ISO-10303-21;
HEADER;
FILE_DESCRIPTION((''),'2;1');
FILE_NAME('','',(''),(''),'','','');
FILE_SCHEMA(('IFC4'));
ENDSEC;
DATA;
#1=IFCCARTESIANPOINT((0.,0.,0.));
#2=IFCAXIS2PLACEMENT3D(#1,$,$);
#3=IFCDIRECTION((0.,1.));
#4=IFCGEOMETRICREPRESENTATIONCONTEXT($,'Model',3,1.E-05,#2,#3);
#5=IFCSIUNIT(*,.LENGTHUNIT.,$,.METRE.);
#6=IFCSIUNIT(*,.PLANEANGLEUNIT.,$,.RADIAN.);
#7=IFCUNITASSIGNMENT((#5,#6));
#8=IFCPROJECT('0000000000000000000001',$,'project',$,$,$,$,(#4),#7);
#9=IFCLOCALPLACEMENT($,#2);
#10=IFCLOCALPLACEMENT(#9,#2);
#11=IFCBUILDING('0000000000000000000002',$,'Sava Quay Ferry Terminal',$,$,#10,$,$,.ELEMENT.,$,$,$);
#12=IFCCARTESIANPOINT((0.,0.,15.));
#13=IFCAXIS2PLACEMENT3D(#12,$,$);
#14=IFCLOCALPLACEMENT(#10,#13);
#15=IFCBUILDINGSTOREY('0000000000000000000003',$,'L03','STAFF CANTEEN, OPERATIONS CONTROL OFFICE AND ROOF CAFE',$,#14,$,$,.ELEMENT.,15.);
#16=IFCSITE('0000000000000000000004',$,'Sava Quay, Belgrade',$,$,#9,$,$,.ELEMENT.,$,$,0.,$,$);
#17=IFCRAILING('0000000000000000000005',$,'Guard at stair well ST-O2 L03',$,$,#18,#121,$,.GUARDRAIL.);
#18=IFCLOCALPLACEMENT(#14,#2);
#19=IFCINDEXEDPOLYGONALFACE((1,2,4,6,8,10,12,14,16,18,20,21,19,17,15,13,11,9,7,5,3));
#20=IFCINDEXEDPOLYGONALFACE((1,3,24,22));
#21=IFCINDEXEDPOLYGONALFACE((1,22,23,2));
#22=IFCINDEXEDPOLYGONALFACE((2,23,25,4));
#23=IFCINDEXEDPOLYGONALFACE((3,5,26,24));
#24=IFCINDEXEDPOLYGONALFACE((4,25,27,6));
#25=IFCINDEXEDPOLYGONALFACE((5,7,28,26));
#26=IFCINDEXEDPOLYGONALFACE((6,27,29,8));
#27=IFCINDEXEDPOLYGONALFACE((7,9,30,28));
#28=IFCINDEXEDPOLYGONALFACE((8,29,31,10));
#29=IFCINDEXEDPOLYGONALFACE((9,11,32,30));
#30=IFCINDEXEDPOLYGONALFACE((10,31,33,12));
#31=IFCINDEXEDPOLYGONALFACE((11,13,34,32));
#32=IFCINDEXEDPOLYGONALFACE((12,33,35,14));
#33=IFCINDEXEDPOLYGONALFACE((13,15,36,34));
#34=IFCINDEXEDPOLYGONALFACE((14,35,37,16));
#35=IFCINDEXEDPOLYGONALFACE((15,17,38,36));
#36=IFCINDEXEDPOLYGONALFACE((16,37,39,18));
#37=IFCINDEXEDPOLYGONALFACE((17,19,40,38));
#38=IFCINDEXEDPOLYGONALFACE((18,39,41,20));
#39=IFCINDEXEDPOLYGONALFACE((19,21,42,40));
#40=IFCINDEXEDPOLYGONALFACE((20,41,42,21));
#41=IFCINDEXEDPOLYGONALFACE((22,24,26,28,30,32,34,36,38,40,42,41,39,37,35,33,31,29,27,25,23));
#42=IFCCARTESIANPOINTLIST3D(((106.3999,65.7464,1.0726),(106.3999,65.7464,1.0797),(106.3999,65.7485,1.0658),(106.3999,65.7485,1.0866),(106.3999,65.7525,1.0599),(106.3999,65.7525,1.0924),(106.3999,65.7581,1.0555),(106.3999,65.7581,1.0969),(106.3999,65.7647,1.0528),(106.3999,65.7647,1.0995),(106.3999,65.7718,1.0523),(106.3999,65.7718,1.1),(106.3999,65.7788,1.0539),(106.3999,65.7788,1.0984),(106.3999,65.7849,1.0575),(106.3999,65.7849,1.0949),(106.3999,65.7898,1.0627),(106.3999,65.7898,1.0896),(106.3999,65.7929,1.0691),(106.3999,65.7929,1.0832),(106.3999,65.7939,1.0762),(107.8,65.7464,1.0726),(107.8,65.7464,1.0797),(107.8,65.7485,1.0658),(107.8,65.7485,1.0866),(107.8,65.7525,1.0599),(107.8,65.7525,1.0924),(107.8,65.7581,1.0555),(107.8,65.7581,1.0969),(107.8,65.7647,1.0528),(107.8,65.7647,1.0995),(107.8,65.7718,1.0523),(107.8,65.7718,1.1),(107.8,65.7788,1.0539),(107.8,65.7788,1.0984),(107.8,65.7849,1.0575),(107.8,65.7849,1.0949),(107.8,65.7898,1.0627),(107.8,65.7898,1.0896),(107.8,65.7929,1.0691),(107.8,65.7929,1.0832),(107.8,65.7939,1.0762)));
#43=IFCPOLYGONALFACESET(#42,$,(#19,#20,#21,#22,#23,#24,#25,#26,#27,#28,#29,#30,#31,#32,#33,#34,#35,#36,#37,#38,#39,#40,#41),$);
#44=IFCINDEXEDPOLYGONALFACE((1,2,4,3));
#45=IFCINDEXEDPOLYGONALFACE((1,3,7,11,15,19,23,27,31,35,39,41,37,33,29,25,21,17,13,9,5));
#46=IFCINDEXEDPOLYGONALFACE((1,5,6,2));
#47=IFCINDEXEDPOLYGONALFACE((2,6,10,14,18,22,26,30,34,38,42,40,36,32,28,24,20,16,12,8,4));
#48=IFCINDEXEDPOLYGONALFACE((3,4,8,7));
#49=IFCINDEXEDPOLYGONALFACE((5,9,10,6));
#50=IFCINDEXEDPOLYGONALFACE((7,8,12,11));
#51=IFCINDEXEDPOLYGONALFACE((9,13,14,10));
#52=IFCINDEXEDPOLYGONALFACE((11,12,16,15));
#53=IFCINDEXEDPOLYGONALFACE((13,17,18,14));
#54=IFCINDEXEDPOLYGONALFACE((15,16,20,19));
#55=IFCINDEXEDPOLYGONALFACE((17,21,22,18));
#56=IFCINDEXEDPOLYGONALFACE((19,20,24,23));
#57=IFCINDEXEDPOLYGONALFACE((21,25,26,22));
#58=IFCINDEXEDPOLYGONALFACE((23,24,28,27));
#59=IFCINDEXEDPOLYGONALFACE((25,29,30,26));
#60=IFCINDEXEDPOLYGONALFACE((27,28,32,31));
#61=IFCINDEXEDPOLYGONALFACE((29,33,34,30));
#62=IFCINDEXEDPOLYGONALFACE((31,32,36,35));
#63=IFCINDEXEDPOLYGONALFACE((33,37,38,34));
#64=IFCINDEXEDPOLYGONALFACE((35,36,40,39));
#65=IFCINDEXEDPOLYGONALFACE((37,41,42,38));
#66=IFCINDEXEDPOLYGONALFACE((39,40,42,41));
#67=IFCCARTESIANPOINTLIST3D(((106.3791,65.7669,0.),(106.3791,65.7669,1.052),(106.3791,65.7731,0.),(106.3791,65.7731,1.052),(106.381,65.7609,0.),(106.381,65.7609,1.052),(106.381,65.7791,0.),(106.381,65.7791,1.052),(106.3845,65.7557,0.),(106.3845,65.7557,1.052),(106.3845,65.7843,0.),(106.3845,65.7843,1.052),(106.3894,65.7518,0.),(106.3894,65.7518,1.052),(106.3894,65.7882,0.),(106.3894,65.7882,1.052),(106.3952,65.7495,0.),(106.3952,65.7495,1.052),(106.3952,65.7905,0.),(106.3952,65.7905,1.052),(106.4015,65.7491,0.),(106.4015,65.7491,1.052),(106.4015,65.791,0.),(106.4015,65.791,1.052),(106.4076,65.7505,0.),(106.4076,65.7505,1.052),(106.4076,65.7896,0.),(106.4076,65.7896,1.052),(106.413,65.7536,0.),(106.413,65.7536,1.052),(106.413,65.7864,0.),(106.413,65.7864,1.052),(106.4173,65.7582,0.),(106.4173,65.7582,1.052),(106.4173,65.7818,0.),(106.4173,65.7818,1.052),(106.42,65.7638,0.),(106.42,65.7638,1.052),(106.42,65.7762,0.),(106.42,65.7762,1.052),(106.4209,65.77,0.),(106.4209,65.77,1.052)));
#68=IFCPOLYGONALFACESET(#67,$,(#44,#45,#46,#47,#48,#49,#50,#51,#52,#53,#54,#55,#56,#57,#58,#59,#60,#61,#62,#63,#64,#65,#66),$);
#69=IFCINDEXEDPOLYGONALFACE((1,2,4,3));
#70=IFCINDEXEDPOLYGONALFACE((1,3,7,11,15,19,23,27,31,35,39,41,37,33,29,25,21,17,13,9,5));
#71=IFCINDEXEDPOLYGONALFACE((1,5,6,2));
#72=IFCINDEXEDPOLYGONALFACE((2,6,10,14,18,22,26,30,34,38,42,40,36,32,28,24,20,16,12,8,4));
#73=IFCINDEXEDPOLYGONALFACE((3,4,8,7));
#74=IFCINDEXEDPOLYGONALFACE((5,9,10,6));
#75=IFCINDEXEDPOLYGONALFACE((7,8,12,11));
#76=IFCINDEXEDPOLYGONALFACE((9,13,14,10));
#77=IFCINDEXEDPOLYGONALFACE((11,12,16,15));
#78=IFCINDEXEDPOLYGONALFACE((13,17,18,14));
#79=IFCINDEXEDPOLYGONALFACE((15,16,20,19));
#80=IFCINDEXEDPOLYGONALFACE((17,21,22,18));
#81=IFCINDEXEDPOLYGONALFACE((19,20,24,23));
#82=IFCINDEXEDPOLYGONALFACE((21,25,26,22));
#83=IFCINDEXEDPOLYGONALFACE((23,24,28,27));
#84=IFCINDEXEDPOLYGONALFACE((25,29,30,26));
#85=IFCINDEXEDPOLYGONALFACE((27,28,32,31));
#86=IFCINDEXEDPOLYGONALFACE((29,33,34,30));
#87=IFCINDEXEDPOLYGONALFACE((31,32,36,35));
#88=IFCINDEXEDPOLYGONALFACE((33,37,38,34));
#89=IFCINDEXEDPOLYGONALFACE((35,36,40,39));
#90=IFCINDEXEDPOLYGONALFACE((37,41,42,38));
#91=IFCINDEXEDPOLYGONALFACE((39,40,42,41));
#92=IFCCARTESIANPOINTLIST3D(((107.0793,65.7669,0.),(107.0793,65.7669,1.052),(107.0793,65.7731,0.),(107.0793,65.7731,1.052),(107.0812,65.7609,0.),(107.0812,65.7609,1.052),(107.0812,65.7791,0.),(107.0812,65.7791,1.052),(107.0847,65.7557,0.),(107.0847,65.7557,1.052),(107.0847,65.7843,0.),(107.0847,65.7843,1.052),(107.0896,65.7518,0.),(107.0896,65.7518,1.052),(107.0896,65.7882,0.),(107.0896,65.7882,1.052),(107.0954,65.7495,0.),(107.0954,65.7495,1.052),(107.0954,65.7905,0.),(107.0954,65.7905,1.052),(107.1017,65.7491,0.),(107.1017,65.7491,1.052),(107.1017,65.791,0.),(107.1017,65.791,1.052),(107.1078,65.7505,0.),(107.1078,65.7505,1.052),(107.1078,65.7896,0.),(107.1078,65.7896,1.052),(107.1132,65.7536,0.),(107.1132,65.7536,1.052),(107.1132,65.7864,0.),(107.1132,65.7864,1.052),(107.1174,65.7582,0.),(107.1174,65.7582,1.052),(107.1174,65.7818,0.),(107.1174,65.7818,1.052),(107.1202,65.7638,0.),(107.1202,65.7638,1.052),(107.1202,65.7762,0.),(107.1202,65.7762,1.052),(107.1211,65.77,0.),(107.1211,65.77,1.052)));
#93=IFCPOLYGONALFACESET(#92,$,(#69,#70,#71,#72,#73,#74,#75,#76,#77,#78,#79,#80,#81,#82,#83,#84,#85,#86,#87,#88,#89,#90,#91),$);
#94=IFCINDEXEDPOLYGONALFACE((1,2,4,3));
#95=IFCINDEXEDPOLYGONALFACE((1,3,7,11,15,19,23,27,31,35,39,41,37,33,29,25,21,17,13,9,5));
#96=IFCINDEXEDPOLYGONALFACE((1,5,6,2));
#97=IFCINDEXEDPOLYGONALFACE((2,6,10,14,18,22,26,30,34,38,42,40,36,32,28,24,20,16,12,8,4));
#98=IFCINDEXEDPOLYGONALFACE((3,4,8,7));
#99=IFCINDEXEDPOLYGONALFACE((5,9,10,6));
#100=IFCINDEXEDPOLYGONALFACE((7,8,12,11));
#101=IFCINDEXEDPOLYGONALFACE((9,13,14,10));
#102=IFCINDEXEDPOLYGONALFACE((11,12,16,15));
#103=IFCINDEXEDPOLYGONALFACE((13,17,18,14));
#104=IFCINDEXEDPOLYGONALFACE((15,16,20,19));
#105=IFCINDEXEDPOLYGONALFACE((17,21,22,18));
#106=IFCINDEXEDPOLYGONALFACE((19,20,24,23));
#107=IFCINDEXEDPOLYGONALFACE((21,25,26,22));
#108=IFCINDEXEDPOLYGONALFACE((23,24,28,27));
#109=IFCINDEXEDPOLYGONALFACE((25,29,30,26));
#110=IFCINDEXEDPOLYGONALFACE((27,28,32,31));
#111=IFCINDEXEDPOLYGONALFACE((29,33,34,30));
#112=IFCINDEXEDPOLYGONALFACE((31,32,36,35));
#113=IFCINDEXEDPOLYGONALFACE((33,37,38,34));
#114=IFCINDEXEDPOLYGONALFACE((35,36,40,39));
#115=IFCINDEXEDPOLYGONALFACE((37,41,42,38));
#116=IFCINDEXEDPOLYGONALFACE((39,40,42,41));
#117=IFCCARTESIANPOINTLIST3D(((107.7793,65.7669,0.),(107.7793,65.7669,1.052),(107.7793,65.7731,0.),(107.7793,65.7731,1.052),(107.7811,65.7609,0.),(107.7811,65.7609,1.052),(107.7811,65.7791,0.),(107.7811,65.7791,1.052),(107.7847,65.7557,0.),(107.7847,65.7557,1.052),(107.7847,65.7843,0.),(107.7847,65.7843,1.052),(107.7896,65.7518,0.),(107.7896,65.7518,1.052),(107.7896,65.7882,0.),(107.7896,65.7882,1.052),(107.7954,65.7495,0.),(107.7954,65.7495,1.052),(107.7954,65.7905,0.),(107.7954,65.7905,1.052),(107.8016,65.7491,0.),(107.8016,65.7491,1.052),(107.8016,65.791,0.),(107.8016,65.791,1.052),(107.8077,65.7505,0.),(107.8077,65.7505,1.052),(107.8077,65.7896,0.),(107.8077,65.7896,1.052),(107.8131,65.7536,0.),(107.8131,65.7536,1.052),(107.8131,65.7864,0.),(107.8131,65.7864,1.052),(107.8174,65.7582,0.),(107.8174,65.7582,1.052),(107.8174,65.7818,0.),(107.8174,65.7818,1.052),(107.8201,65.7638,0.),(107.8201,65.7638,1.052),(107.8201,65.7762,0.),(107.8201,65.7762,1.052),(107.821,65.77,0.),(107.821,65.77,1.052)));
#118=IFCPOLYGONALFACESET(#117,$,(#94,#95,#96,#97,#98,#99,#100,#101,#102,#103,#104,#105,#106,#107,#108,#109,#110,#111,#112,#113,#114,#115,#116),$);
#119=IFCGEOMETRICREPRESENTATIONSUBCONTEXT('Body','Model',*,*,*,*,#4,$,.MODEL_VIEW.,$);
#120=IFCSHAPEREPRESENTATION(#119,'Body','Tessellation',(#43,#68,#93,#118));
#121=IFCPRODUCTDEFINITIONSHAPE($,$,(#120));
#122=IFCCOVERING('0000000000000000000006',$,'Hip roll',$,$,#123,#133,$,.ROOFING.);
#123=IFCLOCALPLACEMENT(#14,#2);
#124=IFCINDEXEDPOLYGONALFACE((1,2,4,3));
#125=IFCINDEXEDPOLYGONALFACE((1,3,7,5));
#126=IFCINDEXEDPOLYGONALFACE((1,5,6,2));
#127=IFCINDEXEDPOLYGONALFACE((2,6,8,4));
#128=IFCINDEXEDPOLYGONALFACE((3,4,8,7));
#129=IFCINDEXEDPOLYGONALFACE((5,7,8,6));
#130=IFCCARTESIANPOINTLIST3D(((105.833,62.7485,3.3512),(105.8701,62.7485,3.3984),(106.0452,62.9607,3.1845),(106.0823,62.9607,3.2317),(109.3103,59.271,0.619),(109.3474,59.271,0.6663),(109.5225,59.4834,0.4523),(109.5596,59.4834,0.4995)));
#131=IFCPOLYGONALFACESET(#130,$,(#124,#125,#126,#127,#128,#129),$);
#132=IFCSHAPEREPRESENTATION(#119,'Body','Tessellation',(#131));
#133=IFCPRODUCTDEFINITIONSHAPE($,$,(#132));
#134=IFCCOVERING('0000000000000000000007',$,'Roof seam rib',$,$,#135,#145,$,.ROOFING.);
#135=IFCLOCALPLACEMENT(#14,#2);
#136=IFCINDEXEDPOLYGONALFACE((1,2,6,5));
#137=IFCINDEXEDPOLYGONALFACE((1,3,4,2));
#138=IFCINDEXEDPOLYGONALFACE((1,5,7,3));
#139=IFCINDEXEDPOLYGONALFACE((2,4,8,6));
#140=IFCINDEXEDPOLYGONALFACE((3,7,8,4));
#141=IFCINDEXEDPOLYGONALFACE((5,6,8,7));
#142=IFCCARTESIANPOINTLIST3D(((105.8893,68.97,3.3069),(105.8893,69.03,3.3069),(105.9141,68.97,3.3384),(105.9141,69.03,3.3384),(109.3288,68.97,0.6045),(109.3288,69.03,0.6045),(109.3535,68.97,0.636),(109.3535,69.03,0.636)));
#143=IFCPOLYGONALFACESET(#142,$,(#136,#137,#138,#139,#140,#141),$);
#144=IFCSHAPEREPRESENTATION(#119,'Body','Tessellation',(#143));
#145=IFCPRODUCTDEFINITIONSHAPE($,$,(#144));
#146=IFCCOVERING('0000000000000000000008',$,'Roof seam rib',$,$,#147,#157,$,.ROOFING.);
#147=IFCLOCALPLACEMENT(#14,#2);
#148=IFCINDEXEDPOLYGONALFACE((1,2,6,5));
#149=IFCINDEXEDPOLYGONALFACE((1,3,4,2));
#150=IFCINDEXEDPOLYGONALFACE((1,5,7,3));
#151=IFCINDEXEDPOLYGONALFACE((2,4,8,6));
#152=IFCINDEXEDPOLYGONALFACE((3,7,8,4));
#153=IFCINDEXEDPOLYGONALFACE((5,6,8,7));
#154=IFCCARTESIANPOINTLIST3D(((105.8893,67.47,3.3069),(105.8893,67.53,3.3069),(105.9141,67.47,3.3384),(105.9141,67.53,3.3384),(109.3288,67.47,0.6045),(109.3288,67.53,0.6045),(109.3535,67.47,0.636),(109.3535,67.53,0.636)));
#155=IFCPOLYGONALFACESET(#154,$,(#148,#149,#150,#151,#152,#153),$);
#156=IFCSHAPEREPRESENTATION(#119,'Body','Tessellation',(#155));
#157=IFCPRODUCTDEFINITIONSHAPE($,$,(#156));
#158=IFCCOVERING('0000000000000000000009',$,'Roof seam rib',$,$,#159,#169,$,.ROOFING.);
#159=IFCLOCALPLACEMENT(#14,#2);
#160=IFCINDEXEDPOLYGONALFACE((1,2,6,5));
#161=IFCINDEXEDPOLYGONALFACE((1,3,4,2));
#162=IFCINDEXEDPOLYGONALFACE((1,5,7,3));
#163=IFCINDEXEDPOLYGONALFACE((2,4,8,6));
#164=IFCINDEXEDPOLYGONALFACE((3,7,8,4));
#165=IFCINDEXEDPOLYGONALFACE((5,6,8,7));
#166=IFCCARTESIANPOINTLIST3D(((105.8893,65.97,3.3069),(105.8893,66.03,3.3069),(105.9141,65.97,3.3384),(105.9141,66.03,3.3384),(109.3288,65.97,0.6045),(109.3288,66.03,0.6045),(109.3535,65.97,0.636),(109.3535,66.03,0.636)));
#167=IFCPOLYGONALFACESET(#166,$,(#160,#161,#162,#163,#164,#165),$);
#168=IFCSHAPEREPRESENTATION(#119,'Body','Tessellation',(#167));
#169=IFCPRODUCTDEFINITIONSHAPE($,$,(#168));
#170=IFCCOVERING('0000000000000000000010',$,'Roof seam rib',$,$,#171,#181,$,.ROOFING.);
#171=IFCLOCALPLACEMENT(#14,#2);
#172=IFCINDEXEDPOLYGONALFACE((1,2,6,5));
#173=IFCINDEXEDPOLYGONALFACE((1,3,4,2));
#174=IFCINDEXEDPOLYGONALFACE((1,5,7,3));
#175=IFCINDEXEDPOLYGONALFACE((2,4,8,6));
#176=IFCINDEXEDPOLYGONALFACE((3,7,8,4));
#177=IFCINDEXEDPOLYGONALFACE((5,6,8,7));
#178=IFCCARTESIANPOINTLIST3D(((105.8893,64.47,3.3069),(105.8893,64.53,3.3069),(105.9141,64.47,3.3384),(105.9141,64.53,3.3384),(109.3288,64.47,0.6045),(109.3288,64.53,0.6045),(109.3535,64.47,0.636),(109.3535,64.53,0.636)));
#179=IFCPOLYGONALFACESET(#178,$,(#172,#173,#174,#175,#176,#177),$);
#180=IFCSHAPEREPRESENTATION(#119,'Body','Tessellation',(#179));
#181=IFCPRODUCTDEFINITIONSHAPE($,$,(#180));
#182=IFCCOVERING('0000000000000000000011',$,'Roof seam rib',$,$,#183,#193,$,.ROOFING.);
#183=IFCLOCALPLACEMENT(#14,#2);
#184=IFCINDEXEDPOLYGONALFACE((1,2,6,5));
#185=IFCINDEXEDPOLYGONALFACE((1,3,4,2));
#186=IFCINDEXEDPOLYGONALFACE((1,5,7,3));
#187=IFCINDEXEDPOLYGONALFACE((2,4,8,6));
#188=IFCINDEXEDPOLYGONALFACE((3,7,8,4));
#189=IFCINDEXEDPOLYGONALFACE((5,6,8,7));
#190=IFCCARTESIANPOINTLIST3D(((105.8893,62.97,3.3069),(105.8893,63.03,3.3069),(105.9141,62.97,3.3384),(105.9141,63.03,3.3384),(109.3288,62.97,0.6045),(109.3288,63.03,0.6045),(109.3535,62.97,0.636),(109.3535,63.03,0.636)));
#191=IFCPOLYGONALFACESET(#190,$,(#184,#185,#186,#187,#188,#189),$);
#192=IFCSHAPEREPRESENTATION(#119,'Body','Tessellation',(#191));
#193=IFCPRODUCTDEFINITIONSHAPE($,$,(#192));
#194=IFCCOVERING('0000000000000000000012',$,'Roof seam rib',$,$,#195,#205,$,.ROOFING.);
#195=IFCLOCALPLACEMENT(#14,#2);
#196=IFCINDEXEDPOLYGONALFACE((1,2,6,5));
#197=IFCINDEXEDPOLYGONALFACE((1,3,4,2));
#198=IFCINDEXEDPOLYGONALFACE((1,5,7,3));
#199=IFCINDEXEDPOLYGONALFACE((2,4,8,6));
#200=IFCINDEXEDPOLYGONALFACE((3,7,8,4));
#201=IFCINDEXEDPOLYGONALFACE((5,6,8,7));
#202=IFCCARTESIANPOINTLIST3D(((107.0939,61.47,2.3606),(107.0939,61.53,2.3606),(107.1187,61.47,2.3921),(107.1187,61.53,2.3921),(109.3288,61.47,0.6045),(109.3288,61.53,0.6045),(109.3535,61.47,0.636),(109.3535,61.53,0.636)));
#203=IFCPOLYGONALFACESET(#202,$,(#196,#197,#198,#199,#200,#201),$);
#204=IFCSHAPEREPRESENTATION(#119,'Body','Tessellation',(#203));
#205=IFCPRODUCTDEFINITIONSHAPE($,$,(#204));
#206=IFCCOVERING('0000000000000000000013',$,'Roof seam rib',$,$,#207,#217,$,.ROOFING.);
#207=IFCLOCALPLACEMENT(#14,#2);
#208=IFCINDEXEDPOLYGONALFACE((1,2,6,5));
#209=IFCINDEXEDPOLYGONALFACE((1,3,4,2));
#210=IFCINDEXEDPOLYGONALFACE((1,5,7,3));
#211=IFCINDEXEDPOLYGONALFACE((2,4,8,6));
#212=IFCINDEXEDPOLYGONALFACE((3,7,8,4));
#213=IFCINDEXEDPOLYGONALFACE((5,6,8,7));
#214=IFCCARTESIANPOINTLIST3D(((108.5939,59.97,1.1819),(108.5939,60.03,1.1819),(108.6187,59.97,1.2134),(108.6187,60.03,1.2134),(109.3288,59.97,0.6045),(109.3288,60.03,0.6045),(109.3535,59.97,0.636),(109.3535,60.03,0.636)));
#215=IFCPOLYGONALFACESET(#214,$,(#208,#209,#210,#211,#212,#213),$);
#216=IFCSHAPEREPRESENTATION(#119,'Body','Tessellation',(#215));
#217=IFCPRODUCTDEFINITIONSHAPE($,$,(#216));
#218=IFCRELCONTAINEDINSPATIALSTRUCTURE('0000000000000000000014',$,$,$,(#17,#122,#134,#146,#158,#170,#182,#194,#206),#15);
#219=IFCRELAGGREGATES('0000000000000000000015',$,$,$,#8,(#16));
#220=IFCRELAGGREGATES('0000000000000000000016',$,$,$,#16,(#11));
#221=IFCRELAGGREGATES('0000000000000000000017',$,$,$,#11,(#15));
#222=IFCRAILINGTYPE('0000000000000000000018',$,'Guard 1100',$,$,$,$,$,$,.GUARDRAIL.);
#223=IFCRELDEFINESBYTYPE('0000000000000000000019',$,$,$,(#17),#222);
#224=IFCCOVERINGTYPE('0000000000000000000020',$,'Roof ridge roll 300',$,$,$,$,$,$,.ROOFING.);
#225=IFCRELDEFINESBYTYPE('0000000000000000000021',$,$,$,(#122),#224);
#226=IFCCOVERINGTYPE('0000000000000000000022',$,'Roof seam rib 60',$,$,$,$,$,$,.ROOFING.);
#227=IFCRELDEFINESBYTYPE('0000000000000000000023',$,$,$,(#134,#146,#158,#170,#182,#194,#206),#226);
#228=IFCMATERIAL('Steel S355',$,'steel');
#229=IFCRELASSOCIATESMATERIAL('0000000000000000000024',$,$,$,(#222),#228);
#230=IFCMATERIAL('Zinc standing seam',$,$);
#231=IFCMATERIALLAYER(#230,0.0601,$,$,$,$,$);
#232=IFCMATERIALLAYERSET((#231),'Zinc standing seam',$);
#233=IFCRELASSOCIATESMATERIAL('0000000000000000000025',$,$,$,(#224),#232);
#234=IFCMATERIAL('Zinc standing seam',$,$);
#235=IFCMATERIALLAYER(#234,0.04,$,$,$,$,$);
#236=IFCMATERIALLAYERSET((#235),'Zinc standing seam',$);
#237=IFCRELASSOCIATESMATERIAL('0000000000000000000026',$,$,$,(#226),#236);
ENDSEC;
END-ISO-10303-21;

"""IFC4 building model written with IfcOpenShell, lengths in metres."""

from ifc_helpers import new_model, si_unit, direction, frame, origin, origin_2d, place, context, subcontext, project, spatial, polyline, circle, outline, extrude, material, layer, layer_set, type_object, element, save


model = new_model("IFC4")

# Units and contexts
model_context = context("Model", 3, precision=1e-05, world=origin(), true_north=direction((0.0, 1.0)))
body_context = subcontext(model_context, "Body", "Model", "MODEL_VIEW")
ifc_project = project(units=[si_unit("LENGTHUNIT", "METRE"), si_unit("PLANEANGLEUNIT", "RADIAN")], contexts=[model_context])

# Site, building, storey
site_placement = place(None, origin())
site = spatial("IfcSite", under=ifc_project, at=site_placement, Name="Sava Quay, Belgrade", CompositionType="ELEMENT", RefElevation=0.0)
building_placement = place(site_placement, origin())
building = spatial("IfcBuilding", under=site, at=building_placement, Name="Sava Quay Ferry Terminal", CompositionType="ELEMENT")
storey_placement = place(building_placement, frame((0.0, 0.0, 15.0)))
storey = spatial("IfcBuildingStorey", under=building, at=storey_placement, Name="L03", Description="STAFF CANTEEN, OPERATIONS CONTROL OFFICE AND ROOF CAFE", CompositionType="ELEMENT", Elevation=15.0)

# Railing
ifc_material_1 = material(Name="Steel S355", Category="steel")
railing_type = type_object("IfcRailingType", Name="Guard 1100", PredefinedType="GUARDRAIL", material=ifc_material_1)
railing_1_placement = place(storey_placement, frame((106.3999, 65.77, 0.0)))
element("IfcRailing", 1, at=railing_1_placement, inside=storey, type_object=railing_type, Name="Guard at stair well ST-O2 L03", PredefinedType="GUARDRAIL", context=body_context, shape_type="SweptSolid", body=[
    extrude(circle(Radius=0.0239, at=origin_2d()), frame((0.0, 0.0, 1.0762), z_axis=(1.0, 0.0, 0.0), x_axis=(0.0, 1.0, 0.0)), (0.0, 0.0, 1.0), 1.4001),
    extrude(circle(Radius=0.021, at=origin_2d()), origin(), (0.0, 0.0, 1.0), 1.052),
    extrude(circle(Radius=0.021, at=origin_2d()), frame((0.7002, 0.0, 0.0)), (0.0, 0.0, 1.0), 1.052),
    extrude(circle(Radius=0.021, at=origin_2d()), frame((1.4001, 0.0, 0.0)), (0.0, 0.0, 1.0), 1.052),
])

# Coverings
ifc_material_2 = material(Name="Zinc standing seam")
ifc_layer_1 = layer(ifc_material_2, 0.0601)
ifc_layer_set_1 = layer_set([ifc_layer_1], Name="Zinc standing seam")
covering_type_1 = type_object("IfcCoveringType", Name="Roof ridge roll 300", PredefinedType="ROOFING", material=ifc_layer_set_1)
covering_1_placement = place(storey_placement, frame((109.3474, 59.271, 0.6663), z_axis=(0.617883, 0.000095, 0.78627), x_axis=(-0.618098, 0.618141, 0.485651)))
element("IfcCovering", 2, at=covering_1_placement, inside=storey, type_object=covering_type_1, Name="Hip roll", PredefinedType="ROOFING", context=body_context, shape_type="SweptSolid", body=[
    extrude(outline(polyline([(0.0, 0.0), (5.6258, 0.0), (5.5448, -0.3336), (-0.0808, -0.3338), (0.0, 0.0)])), origin(), (0.0, 0.0, -1.0), 0.0601),
])
ifc_material_3 = material(Name="Zinc standing seam")
ifc_layer_2 = layer(ifc_material_3, 0.04)
ifc_layer_set_2 = layer_set([ifc_layer_2], Name="Zinc standing seam")
covering_type_2 = type_object("IfcCoveringType", Name="Roof seam rib 60", PredefinedType="ROOFING", material=ifc_layer_set_2)
for number, where, z_axis, x_axis, name in (
    (3, (109.3535, 68.97, 0.636), (0.617817, 0.0, 0.786322), (-0.786322, 0.0, 0.617817), "Roof seam rib"),
    (4, (109.3535, 67.47, 0.636), (0.617817, 0.0, 0.786322), (-0.786322, 0.0, 0.617817), "Roof seam rib"),
    (5, (109.3535, 65.97, 0.636), (0.617817, 0.0, 0.786322), (-0.786322, 0.0, 0.617817), "Roof seam rib"),
    (6, (109.3535, 64.47, 0.636), (0.617817, 0.0, 0.786322), (-0.786322, 0.0, 0.617817), "Roof seam rib"),
    (7, (109.3535, 62.97, 0.636), (0.617817, 0.0, 0.786322), (-0.786322, 0.0, 0.617817), "Roof seam rib"),
):
    element("IfcCovering", number, at=place(storey_placement, frame(where, z_axis=z_axis, x_axis=x_axis)), inside=storey, type_object=covering_type_2, Name=name, PredefinedType="ROOFING", context=body_context, shape_type="SweptSolid", body=[
        extrude(outline(polyline([(0.0, 0.0), (4.3741, 0.0), (4.3741, -0.0601), (0.0, -0.0601), (0.0, 0.0)])), origin(), (0.0, 0.0, -1.0), 0.04),
    ])
covering_2_placement = place(storey_placement, frame((109.3535, 61.47, 0.636), z_axis=(0.617852, 0.0, 0.786294), x_axis=(-0.786294, 0.0, 0.617852)))
element("IfcCovering", 8, at=covering_2_placement, inside=storey, type_object=covering_type_2, Name="Roof seam rib", PredefinedType="ROOFING", context=body_context, shape_type="SweptSolid", body=[
    extrude(outline(polyline([(0.0, 0.0), (2.8423, 0.0), (2.8423, -0.0601), (0.0, -0.0601), (0.0, 0.0)])), origin(), (0.0, 0.0, -1.0), 0.04),
])
covering_3_placement = place(storey_placement, frame((109.3535, 59.97, 0.636), z_axis=(0.617822, 0.0, 0.786318), x_axis=(-0.786318, 0.0, 0.617822)))
element("IfcCovering", 9, at=covering_3_placement, inside=storey, type_object=covering_type_2, Name="Roof seam rib", PredefinedType="ROOFING", context=body_context, shape_type="SweptSolid", body=[
    extrude(outline(polyline([(0.0, 0.0), (0.9346, 0.0), (0.9346, -0.0601), (0.0, -0.0601), (0.0, 0.0)])), origin(), (0.0, 0.0, -1.0), 0.04),
])

save(model, "model.ifc")
